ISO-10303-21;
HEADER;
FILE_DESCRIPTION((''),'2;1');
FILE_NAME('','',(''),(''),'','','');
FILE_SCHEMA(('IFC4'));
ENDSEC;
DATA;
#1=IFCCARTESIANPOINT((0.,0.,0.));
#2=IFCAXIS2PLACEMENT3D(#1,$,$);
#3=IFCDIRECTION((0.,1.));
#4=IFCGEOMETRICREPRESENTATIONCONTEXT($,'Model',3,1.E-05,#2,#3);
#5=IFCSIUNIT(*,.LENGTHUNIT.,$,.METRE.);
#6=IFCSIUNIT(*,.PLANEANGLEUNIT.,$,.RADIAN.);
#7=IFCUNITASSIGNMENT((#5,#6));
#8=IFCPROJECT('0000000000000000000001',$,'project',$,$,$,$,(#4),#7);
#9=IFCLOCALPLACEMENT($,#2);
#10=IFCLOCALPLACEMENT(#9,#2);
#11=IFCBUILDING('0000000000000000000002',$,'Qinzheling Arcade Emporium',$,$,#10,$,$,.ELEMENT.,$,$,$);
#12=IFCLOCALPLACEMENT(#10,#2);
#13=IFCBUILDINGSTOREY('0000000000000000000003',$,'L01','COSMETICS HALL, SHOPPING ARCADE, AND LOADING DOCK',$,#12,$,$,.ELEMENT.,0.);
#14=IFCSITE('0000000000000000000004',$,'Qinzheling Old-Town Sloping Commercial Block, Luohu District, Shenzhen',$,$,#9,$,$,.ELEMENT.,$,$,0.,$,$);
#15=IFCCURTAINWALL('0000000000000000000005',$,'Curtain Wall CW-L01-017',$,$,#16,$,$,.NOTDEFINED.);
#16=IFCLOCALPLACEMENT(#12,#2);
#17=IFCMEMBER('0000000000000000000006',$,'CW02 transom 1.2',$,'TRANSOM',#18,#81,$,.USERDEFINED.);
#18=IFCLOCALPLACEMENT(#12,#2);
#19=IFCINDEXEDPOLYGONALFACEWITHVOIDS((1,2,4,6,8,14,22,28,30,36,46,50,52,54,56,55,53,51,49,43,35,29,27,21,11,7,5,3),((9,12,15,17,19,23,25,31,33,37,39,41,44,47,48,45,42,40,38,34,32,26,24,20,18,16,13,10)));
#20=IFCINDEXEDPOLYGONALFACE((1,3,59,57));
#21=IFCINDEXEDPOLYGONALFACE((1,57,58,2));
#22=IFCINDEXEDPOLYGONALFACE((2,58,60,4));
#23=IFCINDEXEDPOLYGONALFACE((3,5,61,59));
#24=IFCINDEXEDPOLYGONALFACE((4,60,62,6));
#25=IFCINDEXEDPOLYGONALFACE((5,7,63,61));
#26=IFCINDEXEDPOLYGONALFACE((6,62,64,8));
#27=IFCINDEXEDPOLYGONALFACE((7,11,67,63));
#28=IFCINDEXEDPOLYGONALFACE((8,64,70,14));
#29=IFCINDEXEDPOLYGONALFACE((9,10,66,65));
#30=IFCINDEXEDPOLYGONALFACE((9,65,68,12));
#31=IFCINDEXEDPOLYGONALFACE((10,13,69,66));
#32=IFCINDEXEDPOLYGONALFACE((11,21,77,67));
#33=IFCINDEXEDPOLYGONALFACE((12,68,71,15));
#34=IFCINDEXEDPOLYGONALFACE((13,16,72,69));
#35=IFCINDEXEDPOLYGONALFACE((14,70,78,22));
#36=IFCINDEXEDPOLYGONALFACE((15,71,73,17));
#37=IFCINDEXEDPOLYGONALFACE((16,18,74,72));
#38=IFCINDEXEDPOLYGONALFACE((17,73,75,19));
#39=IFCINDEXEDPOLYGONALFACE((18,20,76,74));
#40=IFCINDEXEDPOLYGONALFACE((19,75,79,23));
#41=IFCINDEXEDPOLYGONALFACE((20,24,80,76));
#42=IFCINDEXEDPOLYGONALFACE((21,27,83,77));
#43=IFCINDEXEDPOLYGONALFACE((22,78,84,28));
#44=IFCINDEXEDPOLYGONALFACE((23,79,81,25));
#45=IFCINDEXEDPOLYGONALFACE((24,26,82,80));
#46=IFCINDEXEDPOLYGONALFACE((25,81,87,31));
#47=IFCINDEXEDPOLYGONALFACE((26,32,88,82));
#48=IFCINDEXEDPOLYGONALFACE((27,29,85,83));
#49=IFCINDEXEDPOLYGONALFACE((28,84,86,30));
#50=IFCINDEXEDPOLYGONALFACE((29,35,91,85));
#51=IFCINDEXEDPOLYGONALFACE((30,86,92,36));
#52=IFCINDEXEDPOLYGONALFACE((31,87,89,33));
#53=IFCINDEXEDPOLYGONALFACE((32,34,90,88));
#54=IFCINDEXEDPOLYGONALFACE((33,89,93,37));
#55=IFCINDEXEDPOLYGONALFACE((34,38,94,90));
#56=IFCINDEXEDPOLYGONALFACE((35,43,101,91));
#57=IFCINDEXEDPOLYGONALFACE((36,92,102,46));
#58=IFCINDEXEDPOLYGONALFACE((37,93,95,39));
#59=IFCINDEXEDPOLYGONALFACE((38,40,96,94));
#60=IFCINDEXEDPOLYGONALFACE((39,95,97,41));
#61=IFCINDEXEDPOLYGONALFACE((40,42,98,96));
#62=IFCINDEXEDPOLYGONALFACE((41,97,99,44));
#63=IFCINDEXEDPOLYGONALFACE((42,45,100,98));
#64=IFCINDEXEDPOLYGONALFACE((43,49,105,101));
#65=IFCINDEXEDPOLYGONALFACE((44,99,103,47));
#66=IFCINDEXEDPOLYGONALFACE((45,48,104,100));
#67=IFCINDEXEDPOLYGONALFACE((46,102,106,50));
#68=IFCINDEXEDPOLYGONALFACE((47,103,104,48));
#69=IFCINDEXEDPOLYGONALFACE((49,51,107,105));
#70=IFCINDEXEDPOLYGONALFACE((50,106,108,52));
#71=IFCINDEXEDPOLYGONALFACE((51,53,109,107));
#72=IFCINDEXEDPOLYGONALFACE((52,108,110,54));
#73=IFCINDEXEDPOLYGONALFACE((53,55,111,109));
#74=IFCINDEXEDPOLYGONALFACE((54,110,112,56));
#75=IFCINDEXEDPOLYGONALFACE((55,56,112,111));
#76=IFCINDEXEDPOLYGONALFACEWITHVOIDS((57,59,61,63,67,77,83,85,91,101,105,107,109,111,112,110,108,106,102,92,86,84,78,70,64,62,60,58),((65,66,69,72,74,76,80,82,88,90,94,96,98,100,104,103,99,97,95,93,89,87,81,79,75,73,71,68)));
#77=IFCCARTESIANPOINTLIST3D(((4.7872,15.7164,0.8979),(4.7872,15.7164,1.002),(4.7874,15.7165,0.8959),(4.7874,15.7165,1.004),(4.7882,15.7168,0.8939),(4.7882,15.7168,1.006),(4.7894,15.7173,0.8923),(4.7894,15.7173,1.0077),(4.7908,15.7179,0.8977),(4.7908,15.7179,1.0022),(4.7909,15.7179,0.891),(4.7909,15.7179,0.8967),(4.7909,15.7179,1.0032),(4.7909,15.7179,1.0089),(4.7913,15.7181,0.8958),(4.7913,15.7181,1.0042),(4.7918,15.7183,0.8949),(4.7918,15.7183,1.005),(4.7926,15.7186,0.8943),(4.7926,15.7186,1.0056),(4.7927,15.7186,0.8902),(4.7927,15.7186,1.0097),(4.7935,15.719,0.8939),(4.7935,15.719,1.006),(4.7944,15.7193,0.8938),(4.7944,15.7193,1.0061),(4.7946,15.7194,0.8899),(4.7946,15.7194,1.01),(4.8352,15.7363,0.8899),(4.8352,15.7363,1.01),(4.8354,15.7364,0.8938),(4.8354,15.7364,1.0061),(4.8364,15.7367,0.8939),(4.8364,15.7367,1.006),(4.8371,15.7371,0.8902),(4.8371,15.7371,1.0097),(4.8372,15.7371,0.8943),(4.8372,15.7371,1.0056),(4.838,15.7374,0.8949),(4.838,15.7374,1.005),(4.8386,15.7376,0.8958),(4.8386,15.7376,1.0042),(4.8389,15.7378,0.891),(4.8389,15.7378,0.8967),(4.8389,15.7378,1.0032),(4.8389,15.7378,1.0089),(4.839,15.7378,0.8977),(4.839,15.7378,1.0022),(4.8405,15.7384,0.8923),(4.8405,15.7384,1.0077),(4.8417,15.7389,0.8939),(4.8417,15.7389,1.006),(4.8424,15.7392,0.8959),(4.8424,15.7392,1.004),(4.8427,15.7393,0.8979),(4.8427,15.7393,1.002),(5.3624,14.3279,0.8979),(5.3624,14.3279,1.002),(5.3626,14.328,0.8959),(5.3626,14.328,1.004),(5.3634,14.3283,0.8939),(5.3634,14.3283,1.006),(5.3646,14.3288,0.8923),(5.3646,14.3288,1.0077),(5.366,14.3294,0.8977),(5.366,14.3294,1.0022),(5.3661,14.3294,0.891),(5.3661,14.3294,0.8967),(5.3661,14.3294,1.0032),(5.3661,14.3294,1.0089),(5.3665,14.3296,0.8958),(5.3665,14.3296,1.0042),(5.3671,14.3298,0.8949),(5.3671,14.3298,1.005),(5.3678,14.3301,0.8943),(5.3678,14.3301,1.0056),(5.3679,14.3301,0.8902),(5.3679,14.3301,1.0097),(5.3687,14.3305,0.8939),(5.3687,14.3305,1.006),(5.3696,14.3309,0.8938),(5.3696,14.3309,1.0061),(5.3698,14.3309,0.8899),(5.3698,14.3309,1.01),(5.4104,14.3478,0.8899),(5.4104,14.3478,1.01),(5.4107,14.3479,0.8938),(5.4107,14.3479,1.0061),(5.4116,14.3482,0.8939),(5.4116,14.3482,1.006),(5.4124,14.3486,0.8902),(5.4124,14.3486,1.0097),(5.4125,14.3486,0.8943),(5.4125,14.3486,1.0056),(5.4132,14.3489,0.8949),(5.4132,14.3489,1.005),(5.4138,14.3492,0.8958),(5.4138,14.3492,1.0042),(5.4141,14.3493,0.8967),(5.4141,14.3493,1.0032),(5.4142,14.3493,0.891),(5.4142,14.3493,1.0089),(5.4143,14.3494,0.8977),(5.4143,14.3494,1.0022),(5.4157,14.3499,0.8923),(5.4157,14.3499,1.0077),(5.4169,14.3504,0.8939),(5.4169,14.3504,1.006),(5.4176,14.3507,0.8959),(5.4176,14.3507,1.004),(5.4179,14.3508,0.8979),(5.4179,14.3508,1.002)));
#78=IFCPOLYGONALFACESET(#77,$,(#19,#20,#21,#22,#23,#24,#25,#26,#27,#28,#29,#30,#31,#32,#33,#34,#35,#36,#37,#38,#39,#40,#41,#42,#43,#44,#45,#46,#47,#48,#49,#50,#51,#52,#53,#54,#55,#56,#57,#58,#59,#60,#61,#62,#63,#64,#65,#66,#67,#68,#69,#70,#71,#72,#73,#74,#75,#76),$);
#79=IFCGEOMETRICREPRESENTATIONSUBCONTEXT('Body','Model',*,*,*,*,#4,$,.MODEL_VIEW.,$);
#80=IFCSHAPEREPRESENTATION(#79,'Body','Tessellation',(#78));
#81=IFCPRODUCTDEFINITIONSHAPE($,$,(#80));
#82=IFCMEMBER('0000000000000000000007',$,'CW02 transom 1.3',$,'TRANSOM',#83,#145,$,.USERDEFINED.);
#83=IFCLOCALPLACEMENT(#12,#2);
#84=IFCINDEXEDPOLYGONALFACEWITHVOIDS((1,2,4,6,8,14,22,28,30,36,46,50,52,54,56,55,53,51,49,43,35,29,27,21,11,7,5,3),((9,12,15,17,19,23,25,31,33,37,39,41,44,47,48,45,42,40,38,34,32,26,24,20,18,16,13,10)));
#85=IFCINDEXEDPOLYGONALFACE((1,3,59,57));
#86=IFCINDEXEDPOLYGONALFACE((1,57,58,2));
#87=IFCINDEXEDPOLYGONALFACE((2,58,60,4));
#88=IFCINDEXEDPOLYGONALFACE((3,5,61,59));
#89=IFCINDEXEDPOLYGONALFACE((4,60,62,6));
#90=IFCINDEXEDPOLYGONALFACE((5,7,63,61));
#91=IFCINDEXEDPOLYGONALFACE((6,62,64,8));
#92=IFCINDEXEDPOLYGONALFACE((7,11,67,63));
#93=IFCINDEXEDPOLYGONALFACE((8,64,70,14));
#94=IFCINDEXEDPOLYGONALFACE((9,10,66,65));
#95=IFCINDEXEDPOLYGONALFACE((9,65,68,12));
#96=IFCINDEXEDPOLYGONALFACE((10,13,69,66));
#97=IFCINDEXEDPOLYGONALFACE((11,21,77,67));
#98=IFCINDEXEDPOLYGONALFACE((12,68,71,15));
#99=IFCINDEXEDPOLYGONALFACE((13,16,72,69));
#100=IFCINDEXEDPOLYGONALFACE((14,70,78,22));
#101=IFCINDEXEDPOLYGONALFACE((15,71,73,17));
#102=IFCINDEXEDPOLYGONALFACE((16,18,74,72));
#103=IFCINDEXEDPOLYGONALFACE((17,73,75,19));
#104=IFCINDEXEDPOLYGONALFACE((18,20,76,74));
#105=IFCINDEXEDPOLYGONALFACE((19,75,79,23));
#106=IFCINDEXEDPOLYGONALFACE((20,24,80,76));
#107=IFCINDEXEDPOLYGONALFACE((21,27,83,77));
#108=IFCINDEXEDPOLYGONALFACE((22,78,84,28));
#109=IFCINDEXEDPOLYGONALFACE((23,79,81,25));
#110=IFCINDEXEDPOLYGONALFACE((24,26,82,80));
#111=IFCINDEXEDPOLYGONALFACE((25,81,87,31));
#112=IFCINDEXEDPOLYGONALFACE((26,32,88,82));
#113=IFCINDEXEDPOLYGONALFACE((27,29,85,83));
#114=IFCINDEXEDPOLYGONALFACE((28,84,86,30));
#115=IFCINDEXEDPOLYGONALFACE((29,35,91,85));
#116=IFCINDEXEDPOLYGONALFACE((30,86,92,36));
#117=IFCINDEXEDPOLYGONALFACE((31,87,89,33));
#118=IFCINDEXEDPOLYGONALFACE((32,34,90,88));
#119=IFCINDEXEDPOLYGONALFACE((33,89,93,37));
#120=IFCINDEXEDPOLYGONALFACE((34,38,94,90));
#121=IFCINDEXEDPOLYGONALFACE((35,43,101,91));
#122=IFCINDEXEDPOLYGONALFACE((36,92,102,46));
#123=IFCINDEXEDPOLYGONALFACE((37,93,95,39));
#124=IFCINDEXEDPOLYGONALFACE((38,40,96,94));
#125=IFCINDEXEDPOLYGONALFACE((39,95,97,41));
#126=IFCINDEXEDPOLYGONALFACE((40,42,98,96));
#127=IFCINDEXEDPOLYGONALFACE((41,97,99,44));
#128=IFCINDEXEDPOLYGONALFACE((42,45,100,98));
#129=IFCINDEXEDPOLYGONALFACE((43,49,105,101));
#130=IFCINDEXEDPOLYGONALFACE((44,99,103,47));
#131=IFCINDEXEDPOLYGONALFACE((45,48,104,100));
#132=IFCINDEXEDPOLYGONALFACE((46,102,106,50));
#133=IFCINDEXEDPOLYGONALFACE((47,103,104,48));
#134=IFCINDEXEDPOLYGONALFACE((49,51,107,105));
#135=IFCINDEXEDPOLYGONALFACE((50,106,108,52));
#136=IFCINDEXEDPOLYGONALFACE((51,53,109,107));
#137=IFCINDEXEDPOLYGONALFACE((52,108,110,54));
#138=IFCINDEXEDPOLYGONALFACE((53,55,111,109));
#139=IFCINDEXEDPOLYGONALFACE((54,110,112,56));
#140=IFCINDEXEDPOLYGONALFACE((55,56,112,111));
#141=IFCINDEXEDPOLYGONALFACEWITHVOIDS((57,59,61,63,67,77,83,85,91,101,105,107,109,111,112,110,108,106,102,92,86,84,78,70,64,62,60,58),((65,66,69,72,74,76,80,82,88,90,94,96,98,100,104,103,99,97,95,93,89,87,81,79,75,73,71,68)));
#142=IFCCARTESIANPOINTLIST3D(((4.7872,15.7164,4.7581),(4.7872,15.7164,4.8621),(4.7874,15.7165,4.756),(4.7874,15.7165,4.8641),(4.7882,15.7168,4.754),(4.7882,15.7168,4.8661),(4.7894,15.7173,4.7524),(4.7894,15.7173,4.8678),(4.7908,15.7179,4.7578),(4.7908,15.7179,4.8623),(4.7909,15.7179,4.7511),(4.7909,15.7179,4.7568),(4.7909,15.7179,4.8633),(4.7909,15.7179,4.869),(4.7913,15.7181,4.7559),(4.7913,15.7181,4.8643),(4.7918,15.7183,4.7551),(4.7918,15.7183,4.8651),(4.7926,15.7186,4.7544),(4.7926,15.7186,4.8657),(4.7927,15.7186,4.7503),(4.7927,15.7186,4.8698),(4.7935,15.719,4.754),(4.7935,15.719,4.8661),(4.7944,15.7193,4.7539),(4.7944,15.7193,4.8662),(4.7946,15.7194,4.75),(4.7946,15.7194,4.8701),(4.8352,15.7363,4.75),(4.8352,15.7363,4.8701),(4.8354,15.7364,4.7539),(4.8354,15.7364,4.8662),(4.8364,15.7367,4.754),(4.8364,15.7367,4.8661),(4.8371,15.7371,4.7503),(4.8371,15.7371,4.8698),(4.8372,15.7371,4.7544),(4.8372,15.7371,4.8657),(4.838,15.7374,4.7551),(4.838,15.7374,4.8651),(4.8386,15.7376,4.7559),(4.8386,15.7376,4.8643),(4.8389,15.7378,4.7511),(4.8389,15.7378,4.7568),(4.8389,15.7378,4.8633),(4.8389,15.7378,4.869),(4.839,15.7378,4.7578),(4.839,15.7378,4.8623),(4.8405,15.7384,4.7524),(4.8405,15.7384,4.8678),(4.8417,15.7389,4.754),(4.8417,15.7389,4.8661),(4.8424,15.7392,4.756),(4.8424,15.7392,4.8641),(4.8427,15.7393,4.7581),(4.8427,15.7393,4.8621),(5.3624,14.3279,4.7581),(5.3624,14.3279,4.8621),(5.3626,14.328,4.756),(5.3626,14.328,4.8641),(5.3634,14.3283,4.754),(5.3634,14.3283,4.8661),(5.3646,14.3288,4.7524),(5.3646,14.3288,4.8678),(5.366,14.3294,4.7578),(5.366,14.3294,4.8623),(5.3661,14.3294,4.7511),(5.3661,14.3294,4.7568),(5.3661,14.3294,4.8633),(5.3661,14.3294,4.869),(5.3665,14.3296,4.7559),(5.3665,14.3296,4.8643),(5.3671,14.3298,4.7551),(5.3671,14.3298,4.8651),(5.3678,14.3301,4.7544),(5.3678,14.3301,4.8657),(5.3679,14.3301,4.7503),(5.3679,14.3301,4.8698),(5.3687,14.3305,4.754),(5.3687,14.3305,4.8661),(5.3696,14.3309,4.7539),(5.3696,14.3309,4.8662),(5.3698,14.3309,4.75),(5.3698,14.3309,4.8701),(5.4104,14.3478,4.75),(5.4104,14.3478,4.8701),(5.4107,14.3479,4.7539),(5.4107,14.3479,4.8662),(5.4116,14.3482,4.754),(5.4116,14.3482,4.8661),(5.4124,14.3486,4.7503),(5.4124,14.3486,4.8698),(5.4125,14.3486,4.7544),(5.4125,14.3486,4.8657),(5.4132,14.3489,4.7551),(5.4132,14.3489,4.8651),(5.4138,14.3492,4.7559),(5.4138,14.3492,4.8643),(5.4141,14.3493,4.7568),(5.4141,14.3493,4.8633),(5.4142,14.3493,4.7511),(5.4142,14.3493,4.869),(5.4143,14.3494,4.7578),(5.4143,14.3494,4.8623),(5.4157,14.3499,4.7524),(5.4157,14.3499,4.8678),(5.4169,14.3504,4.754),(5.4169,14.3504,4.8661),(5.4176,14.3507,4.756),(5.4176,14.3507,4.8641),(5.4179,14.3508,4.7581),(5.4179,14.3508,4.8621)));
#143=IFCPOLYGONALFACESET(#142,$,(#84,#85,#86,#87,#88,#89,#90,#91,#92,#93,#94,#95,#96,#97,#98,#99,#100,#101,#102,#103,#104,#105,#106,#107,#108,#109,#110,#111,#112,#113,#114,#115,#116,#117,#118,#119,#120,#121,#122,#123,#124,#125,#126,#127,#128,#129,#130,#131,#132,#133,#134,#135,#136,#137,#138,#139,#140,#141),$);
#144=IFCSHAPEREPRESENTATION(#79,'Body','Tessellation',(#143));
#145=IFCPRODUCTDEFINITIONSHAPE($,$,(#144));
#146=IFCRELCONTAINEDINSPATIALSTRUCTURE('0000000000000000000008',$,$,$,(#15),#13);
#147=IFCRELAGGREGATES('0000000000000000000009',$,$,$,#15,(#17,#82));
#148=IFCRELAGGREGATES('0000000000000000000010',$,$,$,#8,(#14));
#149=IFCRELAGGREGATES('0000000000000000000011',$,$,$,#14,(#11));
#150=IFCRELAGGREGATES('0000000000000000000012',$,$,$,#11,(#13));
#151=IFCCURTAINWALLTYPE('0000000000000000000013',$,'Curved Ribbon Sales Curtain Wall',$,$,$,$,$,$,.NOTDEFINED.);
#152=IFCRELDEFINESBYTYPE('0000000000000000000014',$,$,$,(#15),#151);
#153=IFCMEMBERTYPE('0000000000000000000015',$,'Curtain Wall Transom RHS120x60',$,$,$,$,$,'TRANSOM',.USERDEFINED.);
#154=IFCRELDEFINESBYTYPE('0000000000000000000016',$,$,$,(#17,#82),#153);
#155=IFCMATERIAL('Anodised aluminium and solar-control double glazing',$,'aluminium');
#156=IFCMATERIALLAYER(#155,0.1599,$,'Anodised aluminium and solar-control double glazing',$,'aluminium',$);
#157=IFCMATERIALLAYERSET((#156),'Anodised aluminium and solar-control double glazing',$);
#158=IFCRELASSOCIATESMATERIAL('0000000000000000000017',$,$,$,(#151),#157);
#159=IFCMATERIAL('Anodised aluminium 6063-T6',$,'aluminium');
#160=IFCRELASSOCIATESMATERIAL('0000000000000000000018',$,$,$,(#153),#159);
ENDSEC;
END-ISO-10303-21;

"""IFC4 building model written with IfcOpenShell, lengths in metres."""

from ifc_helpers import new_model, si_unit, direction, frame, origin, origin_2d, place, context, subcontext, project, spatial, hollow_rectangle, extrude, material, layer, layer_set, material_profile, profile_set, type_object, element, aggregate, save


model = new_model("IFC4")

# Units and contexts
model_context = context("Model", 3, precision=1e-05, world=origin(), true_north=direction((0.0, 1.0)))
body_context = subcontext(model_context, "Body", "Model", "MODEL_VIEW")
ifc_project = project(units=[si_unit("LENGTHUNIT", "METRE"), si_unit("PLANEANGLEUNIT", "RADIAN")], contexts=[model_context])

# Site, building, storey
site_placement = place(None, origin())
site = spatial("IfcSite", under=ifc_project, at=site_placement, Name="Qinzheling Old-Town Sloping Commercial Block, Luohu District, Shenzhen", CompositionType="ELEMENT", RefElevation=0.0)
building_placement = place(site_placement, origin())
building = spatial("IfcBuilding", under=site, at=building_placement, Name="Qinzheling Arcade Emporium", CompositionType="ELEMENT")
storey_placement = place(building_placement, origin())
storey = spatial("IfcBuildingStorey", under=building, at=storey_placement, Name="L01", Description="COSMETICS HALL, SHOPPING ARCADE, AND LOADING DOCK", CompositionType="ELEMENT", Elevation=0.0)

# Curtain wall
ifc_material_1 = material(Name="Anodised aluminium and solar-control double glazing", Category="aluminium")
ifc_layer_1 = layer(ifc_material_1, 0.1599, Name="Anodised aluminium and solar-control double glazing", Category="aluminium")
ifc_layer_set_1 = layer_set([ifc_layer_1], Name="Anodised aluminium and solar-control double glazing")
curtain_wall_type = type_object("IfcCurtainWallType", Name="Curved Ribbon Sales Curtain Wall", PredefinedType="NOTDEFINED", material=ifc_layer_set_1)
curtain_wall_1_placement = place(storey_placement, origin())
curtain_wall_1 = element("IfcCurtainWall", 1, at=curtain_wall_1_placement, inside=storey, type_object=curtain_wall_type, Name="Curtain Wall CW-L01-017", PredefinedType="NOTDEFINED")
ifc_material_2 = material(Name="Anodised aluminium 6063-T6", Category="aluminium")

# Members
ifc_material_profile_1 = material_profile(ifc_material_2, hollow_rectangle(XDim=0.0601, YDim=0.1201, WallThickness=0.0039, InnerFilletRadius=0.0039, OuterFilletRadius=0.0081, at=origin_2d()), Name="RHS 120x60x4", Category="aluminium")
ifc_profile_set_1 = profile_set([ifc_material_profile_1], Name="Anodised aluminium 6063-T6")
member_type_1 = type_object("IfcMemberType", Name="Curtain Wall Transom RHS120x60", ElementType="TRANSOM", PredefinedType="USERDEFINED", material=ifc_profile_set_1)
member_1_placement = place(storey_placement, frame((5.3901, 14.3394, 0.95), z_axis=(-0.382734, 0.923858, 0.0), x_axis=(-0.923858, -0.382734, 0.0)))
member_1 = element("IfcMember", 2, at=member_1_placement, type_object=member_type_1, Name="CW02 transom 1.2", ObjectType="TRANSOM", PredefinedType="USERDEFINED", context=body_context, shape_type="SweptSolid", body=[
    extrude(hollow_rectangle(XDim=0.0601, YDim=0.1201, WallThickness=0.0039, InnerFilletRadius=0.0039, OuterFilletRadius=0.0081, at=origin_2d()), origin(), (0.0, 0.0, 1.0), 1.5029),
])
member_2_placement = place(storey_placement, frame((5.3901, 14.3394, 4.8101), z_axis=(-0.382734, 0.923858, 0.0), x_axis=(-0.923858, -0.382734, 0.0)))
member_2 = element("IfcMember", 3, at=member_2_placement, type_object=member_type_1, Name="CW02 transom 1.3", ObjectType="TRANSOM", PredefinedType="USERDEFINED", context=body_context, shape_type="SweptSolid", body=[
    extrude(hollow_rectangle(XDim=0.0601, YDim=0.1201, WallThickness=0.0039, InnerFilletRadius=0.0039, OuterFilletRadius=0.0081, at=origin_2d()), origin(), (0.0, 0.0, 1.0), 1.5029),
])

aggregate(curtain_wall_1, [member_1, member_2])

save(model, "model.ifc")
